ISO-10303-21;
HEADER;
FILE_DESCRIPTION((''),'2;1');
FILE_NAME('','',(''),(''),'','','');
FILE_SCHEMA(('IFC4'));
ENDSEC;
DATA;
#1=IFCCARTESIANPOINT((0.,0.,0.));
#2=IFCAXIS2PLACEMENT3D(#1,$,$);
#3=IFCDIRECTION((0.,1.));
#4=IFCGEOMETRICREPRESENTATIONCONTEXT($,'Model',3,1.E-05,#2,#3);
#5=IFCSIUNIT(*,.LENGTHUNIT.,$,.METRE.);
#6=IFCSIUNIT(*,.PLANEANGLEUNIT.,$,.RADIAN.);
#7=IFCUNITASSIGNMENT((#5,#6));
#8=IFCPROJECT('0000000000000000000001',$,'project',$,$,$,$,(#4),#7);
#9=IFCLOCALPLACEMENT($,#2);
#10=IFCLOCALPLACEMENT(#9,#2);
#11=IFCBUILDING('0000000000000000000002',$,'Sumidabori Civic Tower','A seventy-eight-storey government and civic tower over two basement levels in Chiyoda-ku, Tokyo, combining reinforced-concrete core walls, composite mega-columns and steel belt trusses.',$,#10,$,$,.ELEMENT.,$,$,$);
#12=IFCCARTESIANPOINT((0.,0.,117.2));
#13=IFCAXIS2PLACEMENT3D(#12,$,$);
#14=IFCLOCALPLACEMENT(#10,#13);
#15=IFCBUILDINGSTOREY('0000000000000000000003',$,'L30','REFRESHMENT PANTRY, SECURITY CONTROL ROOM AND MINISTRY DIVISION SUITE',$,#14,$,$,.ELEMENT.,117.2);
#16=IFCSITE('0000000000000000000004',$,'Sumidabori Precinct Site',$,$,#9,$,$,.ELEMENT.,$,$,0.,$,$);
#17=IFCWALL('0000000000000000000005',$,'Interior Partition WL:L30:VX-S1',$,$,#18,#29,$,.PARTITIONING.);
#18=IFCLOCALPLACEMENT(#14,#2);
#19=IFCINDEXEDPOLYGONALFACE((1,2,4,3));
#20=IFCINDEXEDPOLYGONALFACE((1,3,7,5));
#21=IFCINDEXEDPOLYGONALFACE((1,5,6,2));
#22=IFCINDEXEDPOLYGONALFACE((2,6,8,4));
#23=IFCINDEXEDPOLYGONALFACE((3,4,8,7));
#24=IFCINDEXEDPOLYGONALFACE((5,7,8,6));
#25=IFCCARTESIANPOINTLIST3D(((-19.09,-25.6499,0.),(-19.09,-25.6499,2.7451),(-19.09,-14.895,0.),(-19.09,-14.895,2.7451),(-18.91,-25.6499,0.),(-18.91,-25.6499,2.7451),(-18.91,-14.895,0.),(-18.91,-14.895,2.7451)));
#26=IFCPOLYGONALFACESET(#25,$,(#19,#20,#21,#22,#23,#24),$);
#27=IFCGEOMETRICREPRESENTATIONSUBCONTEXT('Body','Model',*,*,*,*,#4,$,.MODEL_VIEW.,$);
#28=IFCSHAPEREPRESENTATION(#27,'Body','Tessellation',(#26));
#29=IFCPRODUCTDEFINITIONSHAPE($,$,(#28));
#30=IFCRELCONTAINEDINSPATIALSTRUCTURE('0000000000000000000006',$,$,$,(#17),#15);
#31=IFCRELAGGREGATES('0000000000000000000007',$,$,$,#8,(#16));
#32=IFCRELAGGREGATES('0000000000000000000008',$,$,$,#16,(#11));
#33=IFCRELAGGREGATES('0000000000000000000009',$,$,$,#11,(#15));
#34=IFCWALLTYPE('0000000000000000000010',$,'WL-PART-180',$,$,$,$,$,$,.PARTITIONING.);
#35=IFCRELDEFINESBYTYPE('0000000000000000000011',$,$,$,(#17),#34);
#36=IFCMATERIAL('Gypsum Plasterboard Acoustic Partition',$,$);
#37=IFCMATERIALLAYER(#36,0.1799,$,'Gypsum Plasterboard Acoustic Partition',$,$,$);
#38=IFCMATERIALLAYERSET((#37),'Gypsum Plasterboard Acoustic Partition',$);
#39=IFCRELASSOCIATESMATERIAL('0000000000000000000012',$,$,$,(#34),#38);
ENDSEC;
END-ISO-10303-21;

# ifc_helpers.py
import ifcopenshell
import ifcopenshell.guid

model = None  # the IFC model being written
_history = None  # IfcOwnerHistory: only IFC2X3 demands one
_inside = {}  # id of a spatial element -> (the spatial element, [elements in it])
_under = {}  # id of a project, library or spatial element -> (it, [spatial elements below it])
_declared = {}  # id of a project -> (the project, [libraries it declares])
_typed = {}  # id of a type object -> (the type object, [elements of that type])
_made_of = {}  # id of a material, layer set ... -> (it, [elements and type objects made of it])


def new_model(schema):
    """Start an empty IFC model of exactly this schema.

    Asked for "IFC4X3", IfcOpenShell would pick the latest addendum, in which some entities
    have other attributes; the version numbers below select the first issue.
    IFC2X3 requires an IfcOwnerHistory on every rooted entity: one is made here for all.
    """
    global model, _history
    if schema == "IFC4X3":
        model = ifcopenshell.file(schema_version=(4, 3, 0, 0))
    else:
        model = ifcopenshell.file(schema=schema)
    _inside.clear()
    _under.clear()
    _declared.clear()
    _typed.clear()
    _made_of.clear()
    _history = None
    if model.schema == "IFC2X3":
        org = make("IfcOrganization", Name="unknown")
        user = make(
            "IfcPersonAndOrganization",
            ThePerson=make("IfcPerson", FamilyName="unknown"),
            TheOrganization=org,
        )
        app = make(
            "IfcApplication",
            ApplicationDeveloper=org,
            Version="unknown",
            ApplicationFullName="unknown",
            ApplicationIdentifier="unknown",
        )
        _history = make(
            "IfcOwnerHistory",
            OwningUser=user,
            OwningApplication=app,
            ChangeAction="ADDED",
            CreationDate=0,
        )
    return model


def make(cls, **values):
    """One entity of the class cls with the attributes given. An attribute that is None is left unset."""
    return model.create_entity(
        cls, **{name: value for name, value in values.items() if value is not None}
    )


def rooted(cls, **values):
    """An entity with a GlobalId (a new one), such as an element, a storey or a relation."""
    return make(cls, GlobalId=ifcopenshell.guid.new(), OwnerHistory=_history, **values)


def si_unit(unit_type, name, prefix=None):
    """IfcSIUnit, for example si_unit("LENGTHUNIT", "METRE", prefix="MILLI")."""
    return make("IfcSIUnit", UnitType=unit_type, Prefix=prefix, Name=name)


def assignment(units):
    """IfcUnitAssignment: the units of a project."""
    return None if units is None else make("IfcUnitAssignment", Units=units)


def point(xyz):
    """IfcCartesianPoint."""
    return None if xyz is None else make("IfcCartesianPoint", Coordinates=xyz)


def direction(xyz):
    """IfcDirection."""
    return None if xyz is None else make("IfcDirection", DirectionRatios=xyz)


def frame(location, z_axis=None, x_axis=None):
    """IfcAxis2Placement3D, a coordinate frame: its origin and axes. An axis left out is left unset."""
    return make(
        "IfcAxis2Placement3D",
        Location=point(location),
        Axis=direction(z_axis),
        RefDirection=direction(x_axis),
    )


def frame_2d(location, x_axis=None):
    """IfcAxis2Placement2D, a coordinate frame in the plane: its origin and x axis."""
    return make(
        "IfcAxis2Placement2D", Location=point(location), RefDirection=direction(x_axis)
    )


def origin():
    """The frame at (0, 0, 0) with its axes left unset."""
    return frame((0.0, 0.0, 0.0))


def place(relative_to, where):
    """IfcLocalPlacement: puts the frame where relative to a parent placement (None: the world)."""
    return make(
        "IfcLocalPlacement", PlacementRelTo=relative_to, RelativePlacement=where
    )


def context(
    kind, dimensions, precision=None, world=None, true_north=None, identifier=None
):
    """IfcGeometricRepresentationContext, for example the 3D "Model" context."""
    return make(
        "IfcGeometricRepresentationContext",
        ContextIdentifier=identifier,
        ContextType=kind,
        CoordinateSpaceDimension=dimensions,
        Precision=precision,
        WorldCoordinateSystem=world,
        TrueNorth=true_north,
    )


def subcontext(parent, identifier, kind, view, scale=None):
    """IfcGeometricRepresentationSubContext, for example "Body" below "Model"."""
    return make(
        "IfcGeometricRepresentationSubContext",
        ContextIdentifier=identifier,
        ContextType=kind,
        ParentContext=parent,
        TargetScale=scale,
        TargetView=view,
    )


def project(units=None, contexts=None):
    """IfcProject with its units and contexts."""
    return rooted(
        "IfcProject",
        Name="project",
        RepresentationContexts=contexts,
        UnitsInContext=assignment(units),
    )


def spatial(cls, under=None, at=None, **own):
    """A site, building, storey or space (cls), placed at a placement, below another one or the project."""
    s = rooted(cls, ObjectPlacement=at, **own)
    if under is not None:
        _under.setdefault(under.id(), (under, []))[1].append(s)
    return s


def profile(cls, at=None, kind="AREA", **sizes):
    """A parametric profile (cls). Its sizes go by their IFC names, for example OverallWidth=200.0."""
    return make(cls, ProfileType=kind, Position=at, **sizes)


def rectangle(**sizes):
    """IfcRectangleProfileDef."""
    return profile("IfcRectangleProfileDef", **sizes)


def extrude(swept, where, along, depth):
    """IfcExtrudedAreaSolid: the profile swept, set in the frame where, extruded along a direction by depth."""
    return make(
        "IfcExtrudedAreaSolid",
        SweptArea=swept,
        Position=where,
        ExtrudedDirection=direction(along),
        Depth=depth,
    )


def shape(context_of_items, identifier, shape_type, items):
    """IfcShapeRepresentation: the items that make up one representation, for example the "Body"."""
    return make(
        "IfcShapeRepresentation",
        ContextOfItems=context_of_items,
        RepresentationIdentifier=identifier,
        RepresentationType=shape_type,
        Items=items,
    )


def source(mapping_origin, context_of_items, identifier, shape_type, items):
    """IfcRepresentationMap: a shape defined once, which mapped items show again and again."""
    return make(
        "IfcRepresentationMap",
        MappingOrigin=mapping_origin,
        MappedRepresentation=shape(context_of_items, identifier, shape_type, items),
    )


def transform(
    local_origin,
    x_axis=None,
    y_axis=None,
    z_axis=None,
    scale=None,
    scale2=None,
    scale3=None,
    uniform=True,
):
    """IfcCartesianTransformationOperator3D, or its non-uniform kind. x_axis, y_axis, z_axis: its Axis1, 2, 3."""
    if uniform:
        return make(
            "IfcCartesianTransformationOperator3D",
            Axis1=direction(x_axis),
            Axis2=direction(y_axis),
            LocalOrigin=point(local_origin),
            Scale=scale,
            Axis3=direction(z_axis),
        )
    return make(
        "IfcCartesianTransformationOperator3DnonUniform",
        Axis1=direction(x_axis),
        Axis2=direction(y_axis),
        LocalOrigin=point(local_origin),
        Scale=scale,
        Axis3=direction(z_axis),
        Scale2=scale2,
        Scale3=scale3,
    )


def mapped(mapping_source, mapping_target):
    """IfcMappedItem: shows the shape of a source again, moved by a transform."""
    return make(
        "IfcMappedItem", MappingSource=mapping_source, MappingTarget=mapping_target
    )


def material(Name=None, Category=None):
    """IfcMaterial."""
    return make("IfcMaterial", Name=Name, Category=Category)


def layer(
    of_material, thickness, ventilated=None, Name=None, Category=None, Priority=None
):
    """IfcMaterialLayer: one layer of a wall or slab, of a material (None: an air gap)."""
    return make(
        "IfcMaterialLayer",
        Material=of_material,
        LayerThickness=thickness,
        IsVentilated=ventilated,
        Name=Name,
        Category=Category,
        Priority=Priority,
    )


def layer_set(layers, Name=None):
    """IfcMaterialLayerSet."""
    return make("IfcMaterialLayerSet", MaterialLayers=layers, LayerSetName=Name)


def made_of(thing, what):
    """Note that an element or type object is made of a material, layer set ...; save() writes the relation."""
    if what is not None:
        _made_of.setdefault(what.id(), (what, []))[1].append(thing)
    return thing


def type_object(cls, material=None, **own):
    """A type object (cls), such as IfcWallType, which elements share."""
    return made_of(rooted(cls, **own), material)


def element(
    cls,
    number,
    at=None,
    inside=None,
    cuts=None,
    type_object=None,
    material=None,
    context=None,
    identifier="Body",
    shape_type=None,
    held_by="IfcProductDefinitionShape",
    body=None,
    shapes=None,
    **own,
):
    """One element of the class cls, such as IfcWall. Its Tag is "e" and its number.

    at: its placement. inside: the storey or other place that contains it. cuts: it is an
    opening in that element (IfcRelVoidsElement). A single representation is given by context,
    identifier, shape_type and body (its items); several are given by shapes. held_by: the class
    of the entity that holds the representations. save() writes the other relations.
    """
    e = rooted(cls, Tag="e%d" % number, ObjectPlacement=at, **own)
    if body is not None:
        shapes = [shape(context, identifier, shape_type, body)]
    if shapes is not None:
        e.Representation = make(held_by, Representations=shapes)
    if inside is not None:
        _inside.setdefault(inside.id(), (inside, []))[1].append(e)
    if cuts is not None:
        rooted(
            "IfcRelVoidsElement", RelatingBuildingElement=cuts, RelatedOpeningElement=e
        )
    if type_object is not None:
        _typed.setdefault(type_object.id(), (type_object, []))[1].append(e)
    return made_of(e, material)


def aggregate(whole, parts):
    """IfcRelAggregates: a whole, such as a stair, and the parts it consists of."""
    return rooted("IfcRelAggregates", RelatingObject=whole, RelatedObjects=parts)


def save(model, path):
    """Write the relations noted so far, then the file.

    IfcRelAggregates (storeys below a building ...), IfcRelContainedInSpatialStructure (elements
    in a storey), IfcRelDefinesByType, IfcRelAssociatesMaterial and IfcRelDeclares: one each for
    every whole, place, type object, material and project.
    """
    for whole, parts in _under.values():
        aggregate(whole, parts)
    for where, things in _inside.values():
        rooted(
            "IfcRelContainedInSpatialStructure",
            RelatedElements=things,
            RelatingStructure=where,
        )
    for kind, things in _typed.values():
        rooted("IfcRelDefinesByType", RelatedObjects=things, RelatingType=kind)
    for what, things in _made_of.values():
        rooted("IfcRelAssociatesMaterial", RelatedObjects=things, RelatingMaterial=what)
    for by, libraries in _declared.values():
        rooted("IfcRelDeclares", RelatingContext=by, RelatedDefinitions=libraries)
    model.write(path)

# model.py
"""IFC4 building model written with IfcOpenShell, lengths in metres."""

from ifc_helpers import new_model, si_unit, direction, frame, frame_2d, origin, place, context, subcontext, project, spatial, rectangle, extrude, source, transform, mapped, material, layer, layer_set, type_object, element, save


model = new_model("IFC4")

# Units and contexts
model_context = context("Model", 3, precision=1e-05, world=origin(), true_north=direction((0.0, 1.0)))
body_context = subcontext(model_context, "Body", "Model", "MODEL_VIEW")
ifc_project = project(units=[si_unit("LENGTHUNIT", "METRE"), si_unit("PLANEANGLEUNIT", "RADIAN")], contexts=[model_context])

# Site, building, storey
site_placement = place(None, origin())
site = spatial("IfcSite", under=ifc_project, at=site_placement, Name="Sumidabori Precinct Site", CompositionType="ELEMENT", RefElevation=0.0)
building_placement = place(site_placement, origin())
building = spatial("IfcBuilding", under=site, at=building_placement, Name="Sumidabori Civic Tower", Description="A seventy-eight-storey government and civic tower over two basement levels in Chiyoda-ku, Tokyo, combining reinforced-concrete core walls, composite mega-columns and steel belt trusses.", CompositionType="ELEMENT")
storey_placement = place(building_placement, frame((0.0, 0.0, 117.2)))
storey = spatial("IfcBuildingStorey", under=building, at=storey_placement, Name="L30", Description="REFRESHMENT PANTRY, SECURITY CONTROL ROOM AND MINISTRY DIVISION SUITE", CompositionType="ELEMENT", Elevation=117.2)

# Shared definitions
ifc_material_1 = material(Name="Gypsum Plasterboard Acoustic Partition")
ifc_layer_1 = layer(ifc_material_1, 0.1799, Name="Gypsum Plasterboard Acoustic Partition")
ifc_layer_set_1 = layer_set([ifc_layer_1], Name="Gypsum Plasterboard Acoustic Partition")
wall_type_1 = type_object("IfcWallType", Name="WL-PART-180", PredefinedType="PARTITIONING", material=ifc_layer_set_1)

# Wall
shared_shape_1 = source(origin(), body_context, "Body", "SweptSolid", [
    extrude(rectangle(XDim=10.7549, YDim=0.1799, at=frame_2d((5.3774, 0.0))), origin(), (0.0, 0.0, 1.0), 2.7451),
])
wall_1_placement = place(storey_placement, frame((-19.0, -25.6499, 0.0), z_axis=(0.0, 0.0, 1.0), x_axis=(0.0, 1.0, 0.0)))
element("IfcWall", 1, at=wall_1_placement, inside=storey, type_object=wall_type_1, Name="Interior Partition WL:L30:VX-S1", PredefinedType="PARTITIONING", context=body_context, shape_type="MappedRepresentation", body=[
    mapped(shared_shape_1, transform((0.0, 0.0, 0.0), x_axis=(1.0, 0.0, 0.0), y_axis=(0.0, 1.0, 0.0), z_axis=(0.0, 0.0, 1.0), scale=1.0)),
])

save(model, "model.ifc")
